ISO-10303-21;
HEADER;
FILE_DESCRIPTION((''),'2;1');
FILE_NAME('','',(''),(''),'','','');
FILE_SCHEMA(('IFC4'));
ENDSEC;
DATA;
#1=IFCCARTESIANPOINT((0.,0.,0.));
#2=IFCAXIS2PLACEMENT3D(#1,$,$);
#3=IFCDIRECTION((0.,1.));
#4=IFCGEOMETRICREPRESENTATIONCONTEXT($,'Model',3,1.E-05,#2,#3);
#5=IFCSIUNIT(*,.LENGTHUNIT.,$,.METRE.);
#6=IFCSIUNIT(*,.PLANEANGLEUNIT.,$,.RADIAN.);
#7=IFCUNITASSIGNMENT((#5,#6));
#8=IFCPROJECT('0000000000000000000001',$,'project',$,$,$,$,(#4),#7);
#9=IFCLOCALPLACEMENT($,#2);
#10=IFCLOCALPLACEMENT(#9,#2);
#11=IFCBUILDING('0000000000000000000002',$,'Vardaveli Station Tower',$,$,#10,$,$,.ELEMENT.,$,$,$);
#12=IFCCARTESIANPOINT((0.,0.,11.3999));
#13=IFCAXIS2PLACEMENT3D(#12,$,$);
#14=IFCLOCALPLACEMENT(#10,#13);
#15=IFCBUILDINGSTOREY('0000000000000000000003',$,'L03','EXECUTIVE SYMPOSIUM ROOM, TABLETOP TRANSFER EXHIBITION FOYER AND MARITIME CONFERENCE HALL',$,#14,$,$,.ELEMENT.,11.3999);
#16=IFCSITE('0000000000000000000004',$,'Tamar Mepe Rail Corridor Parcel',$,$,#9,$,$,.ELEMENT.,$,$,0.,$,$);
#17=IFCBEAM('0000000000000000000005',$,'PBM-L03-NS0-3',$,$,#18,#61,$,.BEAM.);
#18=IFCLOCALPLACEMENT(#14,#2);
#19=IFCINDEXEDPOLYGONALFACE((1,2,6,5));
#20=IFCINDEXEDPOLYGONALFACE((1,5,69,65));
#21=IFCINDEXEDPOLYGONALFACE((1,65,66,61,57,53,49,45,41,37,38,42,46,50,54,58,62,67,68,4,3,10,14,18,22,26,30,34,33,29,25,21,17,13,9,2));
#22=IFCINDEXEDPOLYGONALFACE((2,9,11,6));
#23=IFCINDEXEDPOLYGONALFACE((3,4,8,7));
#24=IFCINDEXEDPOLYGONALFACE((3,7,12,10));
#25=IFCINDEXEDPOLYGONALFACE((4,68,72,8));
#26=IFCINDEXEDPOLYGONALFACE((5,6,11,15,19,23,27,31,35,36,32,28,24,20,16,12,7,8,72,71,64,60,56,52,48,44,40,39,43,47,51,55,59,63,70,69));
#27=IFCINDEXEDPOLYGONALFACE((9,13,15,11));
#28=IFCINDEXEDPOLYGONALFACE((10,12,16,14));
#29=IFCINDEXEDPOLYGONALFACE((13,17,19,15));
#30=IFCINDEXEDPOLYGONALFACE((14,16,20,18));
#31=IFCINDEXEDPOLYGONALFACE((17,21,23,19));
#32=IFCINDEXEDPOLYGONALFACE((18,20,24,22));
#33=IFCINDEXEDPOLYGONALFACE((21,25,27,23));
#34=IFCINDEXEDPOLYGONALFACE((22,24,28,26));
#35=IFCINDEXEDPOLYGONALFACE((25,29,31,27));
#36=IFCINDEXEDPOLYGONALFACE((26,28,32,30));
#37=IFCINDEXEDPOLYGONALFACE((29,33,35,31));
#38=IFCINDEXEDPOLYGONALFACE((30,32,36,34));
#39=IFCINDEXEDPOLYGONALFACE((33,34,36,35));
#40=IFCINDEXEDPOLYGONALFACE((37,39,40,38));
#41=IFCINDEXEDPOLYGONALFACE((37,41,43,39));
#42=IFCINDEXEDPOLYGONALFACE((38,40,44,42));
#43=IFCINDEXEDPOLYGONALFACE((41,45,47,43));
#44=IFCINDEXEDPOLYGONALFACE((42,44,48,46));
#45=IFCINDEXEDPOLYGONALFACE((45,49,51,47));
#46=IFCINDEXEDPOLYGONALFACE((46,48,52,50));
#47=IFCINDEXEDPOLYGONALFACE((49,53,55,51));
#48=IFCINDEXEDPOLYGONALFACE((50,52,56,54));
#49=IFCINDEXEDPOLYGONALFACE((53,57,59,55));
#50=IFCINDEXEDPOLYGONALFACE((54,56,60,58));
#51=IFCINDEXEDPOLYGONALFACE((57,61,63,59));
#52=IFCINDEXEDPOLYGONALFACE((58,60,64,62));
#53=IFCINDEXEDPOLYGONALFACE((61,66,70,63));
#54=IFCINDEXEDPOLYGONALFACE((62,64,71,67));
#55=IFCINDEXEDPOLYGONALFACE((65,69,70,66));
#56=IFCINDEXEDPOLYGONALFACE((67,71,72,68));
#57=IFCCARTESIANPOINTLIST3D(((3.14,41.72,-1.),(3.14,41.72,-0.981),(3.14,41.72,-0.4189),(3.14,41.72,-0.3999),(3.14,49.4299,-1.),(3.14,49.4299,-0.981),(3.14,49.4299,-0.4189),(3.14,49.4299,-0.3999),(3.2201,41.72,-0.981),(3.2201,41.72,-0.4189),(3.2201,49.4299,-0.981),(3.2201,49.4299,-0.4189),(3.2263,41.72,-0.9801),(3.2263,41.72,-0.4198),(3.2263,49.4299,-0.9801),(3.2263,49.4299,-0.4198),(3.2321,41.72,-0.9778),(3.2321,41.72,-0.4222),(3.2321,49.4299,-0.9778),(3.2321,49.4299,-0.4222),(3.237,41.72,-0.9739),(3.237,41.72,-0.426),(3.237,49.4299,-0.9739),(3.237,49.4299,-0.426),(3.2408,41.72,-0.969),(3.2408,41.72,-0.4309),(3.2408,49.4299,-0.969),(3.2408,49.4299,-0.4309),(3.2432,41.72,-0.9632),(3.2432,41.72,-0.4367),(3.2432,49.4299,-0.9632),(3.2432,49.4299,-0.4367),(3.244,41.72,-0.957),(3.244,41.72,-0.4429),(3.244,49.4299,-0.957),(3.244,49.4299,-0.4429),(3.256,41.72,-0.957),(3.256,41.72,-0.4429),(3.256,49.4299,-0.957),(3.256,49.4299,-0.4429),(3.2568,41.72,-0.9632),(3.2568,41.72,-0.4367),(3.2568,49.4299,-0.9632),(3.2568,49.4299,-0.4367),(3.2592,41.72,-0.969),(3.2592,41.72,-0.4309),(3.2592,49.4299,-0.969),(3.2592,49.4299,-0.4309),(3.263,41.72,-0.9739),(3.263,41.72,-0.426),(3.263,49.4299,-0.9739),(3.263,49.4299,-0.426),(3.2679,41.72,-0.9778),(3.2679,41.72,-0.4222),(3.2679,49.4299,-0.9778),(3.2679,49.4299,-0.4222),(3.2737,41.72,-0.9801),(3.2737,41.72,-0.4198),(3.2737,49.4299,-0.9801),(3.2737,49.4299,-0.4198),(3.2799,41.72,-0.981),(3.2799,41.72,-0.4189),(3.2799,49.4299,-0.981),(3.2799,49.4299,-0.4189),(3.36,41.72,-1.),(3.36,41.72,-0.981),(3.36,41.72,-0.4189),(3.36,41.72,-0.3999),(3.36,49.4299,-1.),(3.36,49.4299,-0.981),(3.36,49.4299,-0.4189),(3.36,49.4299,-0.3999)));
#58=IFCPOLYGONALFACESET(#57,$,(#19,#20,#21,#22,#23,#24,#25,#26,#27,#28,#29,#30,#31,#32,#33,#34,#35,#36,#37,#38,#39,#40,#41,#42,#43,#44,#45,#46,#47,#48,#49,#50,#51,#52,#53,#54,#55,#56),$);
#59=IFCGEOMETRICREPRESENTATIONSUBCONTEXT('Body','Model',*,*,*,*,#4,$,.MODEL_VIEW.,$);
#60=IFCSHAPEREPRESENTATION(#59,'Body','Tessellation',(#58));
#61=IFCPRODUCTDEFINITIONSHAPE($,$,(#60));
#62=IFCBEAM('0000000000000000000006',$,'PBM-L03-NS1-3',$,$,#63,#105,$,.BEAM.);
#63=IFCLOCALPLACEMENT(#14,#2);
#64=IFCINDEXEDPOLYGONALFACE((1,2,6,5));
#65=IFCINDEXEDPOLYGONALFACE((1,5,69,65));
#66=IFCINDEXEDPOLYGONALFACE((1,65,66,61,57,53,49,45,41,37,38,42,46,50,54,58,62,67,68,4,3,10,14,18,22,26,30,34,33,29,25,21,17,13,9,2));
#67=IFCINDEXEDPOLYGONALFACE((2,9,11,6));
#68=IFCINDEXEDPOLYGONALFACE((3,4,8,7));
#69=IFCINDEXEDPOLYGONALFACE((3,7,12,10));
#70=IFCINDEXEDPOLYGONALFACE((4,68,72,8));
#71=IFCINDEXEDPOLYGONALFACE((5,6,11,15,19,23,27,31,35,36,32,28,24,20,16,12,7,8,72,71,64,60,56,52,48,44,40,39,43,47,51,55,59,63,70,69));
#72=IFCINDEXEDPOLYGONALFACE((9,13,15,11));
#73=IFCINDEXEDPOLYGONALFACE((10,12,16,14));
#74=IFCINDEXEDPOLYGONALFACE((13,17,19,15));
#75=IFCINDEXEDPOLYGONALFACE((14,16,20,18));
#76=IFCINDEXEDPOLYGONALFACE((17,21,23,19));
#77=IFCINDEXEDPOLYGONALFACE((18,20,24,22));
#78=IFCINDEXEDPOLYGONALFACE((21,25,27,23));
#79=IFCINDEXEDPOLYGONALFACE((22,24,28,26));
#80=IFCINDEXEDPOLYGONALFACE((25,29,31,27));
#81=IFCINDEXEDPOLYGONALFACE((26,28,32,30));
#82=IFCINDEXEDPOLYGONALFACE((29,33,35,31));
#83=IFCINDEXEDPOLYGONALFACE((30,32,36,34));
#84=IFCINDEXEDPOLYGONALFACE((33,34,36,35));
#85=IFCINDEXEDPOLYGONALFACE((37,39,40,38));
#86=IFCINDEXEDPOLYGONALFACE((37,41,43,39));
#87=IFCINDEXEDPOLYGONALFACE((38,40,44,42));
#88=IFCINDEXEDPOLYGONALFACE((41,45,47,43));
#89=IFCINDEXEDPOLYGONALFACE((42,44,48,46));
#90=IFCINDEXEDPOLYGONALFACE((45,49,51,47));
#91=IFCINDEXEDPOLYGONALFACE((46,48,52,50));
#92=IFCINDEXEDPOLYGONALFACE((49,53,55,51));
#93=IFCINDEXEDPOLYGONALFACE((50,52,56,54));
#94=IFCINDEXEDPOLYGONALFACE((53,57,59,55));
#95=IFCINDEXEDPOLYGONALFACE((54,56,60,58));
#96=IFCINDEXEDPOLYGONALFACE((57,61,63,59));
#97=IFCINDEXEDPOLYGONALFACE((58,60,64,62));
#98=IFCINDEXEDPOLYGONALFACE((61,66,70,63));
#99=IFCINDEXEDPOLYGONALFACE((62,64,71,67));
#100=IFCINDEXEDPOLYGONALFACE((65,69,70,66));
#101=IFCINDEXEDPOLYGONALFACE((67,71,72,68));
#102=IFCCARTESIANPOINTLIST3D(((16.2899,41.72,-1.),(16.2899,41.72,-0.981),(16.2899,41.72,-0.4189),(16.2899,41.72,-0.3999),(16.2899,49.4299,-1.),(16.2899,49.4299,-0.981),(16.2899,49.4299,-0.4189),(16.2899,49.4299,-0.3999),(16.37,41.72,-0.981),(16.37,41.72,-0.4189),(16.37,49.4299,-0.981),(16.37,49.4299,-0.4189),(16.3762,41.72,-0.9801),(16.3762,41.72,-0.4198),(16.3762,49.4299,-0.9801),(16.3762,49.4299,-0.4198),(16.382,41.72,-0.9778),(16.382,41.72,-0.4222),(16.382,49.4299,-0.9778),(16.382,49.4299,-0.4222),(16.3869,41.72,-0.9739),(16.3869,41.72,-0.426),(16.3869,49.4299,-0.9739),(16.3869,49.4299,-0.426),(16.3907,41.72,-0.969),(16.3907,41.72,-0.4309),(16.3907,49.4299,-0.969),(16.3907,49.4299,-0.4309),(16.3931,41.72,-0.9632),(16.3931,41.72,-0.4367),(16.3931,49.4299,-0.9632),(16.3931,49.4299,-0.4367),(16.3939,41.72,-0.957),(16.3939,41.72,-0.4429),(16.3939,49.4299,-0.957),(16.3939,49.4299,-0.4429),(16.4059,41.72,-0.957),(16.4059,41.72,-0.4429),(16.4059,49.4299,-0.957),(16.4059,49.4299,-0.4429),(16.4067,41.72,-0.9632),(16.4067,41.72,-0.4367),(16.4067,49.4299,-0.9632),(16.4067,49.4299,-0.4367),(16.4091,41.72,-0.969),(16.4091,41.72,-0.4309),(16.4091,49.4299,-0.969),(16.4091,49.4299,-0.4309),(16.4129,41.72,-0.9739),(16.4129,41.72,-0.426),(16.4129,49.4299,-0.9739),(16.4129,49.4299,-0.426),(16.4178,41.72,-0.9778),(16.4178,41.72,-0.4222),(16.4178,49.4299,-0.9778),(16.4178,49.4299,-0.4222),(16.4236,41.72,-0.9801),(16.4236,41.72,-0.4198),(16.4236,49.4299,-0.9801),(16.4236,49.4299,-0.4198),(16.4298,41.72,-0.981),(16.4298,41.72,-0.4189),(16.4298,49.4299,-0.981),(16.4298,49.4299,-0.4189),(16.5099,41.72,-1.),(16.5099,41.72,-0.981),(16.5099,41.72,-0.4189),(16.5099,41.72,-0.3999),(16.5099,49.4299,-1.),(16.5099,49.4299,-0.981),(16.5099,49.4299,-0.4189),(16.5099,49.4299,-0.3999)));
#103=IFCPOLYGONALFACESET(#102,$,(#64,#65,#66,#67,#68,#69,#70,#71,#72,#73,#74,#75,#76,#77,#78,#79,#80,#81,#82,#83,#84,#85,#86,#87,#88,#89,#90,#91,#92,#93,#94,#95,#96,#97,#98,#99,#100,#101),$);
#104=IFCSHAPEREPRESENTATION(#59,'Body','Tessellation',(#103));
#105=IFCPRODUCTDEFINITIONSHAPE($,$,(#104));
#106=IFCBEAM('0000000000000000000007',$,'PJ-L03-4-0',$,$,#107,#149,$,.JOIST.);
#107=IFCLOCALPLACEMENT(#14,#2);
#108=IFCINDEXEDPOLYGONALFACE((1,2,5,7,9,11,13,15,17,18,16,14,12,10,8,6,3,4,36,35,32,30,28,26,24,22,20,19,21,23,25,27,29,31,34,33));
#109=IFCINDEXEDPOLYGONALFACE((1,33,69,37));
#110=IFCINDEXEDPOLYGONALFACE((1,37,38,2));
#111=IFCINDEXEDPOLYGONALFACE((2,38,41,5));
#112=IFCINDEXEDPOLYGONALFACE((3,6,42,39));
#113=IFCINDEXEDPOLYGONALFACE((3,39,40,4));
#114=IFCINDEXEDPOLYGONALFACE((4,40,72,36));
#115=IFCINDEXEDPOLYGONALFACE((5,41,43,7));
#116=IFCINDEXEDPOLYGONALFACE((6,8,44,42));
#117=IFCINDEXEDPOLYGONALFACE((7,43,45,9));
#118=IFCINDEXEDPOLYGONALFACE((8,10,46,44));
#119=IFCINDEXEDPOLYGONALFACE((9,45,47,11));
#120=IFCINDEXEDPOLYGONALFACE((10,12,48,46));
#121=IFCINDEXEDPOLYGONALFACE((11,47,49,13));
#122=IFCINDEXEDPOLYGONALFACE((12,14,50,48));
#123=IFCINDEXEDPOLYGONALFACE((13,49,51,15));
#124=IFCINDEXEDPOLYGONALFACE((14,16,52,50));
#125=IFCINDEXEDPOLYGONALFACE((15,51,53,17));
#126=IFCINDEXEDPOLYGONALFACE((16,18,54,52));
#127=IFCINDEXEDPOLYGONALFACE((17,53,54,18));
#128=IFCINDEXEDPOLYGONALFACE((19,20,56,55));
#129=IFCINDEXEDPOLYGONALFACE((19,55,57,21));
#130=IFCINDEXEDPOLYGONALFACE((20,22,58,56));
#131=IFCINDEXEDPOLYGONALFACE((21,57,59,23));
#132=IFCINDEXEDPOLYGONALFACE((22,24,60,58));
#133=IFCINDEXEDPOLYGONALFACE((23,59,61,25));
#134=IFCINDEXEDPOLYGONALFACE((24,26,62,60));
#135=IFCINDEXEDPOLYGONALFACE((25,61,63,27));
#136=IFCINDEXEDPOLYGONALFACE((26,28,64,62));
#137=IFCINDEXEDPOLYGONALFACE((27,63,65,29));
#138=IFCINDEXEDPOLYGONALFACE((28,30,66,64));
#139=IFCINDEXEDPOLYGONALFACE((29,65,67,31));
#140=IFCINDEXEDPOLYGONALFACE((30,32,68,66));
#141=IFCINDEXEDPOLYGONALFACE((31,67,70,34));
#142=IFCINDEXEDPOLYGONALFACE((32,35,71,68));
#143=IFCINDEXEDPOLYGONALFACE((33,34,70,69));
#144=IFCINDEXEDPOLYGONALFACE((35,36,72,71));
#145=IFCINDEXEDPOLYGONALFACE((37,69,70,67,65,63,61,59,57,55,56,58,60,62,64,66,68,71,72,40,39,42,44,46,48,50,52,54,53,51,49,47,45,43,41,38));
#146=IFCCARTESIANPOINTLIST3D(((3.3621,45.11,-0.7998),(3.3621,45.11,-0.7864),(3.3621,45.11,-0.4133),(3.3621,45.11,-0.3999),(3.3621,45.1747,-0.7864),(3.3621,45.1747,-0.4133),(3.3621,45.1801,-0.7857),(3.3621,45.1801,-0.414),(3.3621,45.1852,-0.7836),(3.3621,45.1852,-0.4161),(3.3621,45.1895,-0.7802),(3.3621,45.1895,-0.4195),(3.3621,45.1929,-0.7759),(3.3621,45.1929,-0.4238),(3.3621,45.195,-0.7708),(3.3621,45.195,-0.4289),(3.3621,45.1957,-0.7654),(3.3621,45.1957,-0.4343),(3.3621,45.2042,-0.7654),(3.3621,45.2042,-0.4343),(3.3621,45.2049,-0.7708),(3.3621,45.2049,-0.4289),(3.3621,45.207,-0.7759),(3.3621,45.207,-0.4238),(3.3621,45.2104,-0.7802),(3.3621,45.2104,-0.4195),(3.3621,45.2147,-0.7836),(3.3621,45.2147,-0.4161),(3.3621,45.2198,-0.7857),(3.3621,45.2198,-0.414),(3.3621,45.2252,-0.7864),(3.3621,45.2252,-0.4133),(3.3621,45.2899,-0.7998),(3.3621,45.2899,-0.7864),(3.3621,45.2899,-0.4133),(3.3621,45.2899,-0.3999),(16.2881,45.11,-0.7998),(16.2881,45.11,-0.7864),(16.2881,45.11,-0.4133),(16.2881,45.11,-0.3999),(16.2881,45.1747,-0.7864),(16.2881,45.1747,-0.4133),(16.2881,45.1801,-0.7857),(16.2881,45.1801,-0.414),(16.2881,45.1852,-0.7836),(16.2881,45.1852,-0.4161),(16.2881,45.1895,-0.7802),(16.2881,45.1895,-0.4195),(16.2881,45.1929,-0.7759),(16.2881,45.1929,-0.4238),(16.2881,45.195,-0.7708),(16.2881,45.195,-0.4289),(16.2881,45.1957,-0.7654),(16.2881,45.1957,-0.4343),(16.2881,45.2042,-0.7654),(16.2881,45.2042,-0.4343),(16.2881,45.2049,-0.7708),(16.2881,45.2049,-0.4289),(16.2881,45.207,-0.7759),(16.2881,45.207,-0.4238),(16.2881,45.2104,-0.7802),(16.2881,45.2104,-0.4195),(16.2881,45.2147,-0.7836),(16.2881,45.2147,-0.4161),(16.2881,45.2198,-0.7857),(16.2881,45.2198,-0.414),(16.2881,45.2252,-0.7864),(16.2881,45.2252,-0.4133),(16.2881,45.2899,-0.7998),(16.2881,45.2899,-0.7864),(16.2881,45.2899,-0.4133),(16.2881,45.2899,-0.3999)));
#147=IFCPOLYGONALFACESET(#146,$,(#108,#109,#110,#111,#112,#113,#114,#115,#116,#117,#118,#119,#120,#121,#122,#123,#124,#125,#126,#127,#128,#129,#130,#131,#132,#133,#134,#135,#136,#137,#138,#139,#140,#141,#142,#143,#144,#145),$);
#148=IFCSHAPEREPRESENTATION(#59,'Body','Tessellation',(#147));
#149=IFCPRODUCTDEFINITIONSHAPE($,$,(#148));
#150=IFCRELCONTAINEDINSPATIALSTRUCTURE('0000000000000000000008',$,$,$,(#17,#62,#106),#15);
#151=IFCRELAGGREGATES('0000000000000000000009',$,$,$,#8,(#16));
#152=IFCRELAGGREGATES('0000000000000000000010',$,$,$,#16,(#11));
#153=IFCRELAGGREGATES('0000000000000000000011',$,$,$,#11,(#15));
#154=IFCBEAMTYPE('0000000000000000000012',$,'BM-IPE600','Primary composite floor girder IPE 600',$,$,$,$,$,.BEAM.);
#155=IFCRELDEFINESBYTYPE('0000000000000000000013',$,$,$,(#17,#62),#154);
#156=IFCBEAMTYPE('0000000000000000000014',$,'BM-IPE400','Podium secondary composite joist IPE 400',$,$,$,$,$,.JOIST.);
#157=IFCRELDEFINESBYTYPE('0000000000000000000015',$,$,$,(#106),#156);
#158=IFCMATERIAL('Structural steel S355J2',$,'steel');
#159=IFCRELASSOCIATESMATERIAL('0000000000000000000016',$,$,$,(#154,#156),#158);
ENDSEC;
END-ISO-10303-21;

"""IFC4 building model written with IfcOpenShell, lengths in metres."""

from ifc_helpers import new_model, si_unit, direction, frame, origin, origin_2d, place, context, subcontext, project, spatial, i_section, extrude, source, transform, mapped, material, material_profile, profile_set, type_object, element, save


model = new_model("IFC4")

# Units and contexts
model_context = context("Model", 3, precision=1e-05, world=origin(), true_north=direction((0.0, 1.0)))
body_context = subcontext(model_context, "Body", "Model", "MODEL_VIEW")
ifc_project = project(units=[si_unit("LENGTHUNIT", "METRE"), si_unit("PLANEANGLEUNIT", "RADIAN")], contexts=[model_context])

# Site, building, storey
site_placement = place(None, origin())
site = spatial("IfcSite", under=ifc_project, at=site_placement, Name="Tamar Mepe Rail Corridor Parcel", CompositionType="ELEMENT", RefElevation=0.0)
building_placement = place(site_placement, origin())
building = spatial("IfcBuilding", under=site, at=building_placement, Name="Vardaveli Station Tower", CompositionType="ELEMENT")
storey_placement = place(building_placement, frame((0.0, 0.0, 11.3999)))
storey = spatial("IfcBuildingStorey", under=building, at=storey_placement, Name="L03", Description="EXECUTIVE SYMPOSIUM ROOM, TABLETOP TRANSFER EXHIBITION FOYER AND MARITIME CONFERENCE HALL", CompositionType="ELEMENT", Elevation=11.3999)

# Beams
ifc_material_1 = material(Name="Structural steel S355J2", Category="steel")
ifc_material_profile_1 = material_profile(ifc_material_1, i_section(OverallWidth=0.22, OverallDepth=0.6001, WebThickness=0.012, FlangeThickness=0.019, FilletRadius=0.0239, at=origin_2d()), Name="IPE 600")
ifc_profile_set_1 = profile_set([ifc_material_profile_1], Name="Structural steel S355J2")
beam_type_1 = type_object("IfcBeamType", Name="BM-IPE600", Description="Primary composite floor girder IPE 600", PredefinedType="BEAM", material=ifc_profile_set_1)
shared_shape_1 = source(origin(), body_context, "Body", "SweptSolid", [
    extrude(i_section(OverallWidth=0.22, OverallDepth=0.6001, WebThickness=0.012, FlangeThickness=0.019, FilletRadius=0.0239, at=origin_2d()), origin(), (0.0, 0.0, 1.0), 7.71),
])
for number, where, z_axis, x_axis, name in (
    (1, (3.25, 41.72, -0.7), (0.0, 1.0, 0.0), (-1.0, 0.0, 0.0), "PBM-L03-NS0-3"),
    (2, (16.3999, 41.72, -0.7), (0.0, 1.0, 0.0), (-1.0, 0.0, 0.0), "PBM-L03-NS1-3"),
):
    element("IfcBeam", number, at=place(storey_placement, frame(where, z_axis=z_axis, x_axis=x_axis)), inside=storey, type_object=beam_type_1, Name=name, PredefinedType="BEAM", context=body_context, shape_type="MappedRepresentation", body=[
        mapped(shared_shape_1, transform((0.0, 0.0, 0.0), scale=1.0)),
    ])
ifc_material_profile_2 = material_profile(ifc_material_1, i_section(OverallWidth=0.1799, OverallDepth=0.3999, WebThickness=0.0085, FlangeThickness=0.0134, FilletRadius=0.021, at=origin_2d()), Name="IPE 400")
ifc_profile_set_2 = profile_set([ifc_material_profile_2], Name="Structural steel S355J2")
beam_type_2 = type_object("IfcBeamType", Name="BM-IPE400", Description="Podium secondary composite joist IPE 400", PredefinedType="JOIST", material=ifc_profile_set_2)
shared_shape_2 = source(origin(), body_context, "Body", "SweptSolid", [
    extrude(i_section(OverallWidth=0.1799, OverallDepth=0.3999, WebThickness=0.0085, FlangeThickness=0.0134, FilletRadius=0.021, at=origin_2d()), origin(), (0.0, 0.0, 1.0), 12.926),
])
beam_1_placement = place(storey_placement, frame((3.3621, 45.2, -0.5999), z_axis=(1.0, 0.0, 0.0), x_axis=(0.0, 1.0, 0.0)))
element("IfcBeam", 3, at=beam_1_placement, inside=storey, type_object=beam_type_2, Name="PJ-L03-4-0", PredefinedType="JOIST", context=body_context, shape_type="MappedRepresentation", body=[
    mapped(shared_shape_2, transform((0.0, 0.0, 0.0), scale=1.0)),
])

save(model, "model.ifc")
